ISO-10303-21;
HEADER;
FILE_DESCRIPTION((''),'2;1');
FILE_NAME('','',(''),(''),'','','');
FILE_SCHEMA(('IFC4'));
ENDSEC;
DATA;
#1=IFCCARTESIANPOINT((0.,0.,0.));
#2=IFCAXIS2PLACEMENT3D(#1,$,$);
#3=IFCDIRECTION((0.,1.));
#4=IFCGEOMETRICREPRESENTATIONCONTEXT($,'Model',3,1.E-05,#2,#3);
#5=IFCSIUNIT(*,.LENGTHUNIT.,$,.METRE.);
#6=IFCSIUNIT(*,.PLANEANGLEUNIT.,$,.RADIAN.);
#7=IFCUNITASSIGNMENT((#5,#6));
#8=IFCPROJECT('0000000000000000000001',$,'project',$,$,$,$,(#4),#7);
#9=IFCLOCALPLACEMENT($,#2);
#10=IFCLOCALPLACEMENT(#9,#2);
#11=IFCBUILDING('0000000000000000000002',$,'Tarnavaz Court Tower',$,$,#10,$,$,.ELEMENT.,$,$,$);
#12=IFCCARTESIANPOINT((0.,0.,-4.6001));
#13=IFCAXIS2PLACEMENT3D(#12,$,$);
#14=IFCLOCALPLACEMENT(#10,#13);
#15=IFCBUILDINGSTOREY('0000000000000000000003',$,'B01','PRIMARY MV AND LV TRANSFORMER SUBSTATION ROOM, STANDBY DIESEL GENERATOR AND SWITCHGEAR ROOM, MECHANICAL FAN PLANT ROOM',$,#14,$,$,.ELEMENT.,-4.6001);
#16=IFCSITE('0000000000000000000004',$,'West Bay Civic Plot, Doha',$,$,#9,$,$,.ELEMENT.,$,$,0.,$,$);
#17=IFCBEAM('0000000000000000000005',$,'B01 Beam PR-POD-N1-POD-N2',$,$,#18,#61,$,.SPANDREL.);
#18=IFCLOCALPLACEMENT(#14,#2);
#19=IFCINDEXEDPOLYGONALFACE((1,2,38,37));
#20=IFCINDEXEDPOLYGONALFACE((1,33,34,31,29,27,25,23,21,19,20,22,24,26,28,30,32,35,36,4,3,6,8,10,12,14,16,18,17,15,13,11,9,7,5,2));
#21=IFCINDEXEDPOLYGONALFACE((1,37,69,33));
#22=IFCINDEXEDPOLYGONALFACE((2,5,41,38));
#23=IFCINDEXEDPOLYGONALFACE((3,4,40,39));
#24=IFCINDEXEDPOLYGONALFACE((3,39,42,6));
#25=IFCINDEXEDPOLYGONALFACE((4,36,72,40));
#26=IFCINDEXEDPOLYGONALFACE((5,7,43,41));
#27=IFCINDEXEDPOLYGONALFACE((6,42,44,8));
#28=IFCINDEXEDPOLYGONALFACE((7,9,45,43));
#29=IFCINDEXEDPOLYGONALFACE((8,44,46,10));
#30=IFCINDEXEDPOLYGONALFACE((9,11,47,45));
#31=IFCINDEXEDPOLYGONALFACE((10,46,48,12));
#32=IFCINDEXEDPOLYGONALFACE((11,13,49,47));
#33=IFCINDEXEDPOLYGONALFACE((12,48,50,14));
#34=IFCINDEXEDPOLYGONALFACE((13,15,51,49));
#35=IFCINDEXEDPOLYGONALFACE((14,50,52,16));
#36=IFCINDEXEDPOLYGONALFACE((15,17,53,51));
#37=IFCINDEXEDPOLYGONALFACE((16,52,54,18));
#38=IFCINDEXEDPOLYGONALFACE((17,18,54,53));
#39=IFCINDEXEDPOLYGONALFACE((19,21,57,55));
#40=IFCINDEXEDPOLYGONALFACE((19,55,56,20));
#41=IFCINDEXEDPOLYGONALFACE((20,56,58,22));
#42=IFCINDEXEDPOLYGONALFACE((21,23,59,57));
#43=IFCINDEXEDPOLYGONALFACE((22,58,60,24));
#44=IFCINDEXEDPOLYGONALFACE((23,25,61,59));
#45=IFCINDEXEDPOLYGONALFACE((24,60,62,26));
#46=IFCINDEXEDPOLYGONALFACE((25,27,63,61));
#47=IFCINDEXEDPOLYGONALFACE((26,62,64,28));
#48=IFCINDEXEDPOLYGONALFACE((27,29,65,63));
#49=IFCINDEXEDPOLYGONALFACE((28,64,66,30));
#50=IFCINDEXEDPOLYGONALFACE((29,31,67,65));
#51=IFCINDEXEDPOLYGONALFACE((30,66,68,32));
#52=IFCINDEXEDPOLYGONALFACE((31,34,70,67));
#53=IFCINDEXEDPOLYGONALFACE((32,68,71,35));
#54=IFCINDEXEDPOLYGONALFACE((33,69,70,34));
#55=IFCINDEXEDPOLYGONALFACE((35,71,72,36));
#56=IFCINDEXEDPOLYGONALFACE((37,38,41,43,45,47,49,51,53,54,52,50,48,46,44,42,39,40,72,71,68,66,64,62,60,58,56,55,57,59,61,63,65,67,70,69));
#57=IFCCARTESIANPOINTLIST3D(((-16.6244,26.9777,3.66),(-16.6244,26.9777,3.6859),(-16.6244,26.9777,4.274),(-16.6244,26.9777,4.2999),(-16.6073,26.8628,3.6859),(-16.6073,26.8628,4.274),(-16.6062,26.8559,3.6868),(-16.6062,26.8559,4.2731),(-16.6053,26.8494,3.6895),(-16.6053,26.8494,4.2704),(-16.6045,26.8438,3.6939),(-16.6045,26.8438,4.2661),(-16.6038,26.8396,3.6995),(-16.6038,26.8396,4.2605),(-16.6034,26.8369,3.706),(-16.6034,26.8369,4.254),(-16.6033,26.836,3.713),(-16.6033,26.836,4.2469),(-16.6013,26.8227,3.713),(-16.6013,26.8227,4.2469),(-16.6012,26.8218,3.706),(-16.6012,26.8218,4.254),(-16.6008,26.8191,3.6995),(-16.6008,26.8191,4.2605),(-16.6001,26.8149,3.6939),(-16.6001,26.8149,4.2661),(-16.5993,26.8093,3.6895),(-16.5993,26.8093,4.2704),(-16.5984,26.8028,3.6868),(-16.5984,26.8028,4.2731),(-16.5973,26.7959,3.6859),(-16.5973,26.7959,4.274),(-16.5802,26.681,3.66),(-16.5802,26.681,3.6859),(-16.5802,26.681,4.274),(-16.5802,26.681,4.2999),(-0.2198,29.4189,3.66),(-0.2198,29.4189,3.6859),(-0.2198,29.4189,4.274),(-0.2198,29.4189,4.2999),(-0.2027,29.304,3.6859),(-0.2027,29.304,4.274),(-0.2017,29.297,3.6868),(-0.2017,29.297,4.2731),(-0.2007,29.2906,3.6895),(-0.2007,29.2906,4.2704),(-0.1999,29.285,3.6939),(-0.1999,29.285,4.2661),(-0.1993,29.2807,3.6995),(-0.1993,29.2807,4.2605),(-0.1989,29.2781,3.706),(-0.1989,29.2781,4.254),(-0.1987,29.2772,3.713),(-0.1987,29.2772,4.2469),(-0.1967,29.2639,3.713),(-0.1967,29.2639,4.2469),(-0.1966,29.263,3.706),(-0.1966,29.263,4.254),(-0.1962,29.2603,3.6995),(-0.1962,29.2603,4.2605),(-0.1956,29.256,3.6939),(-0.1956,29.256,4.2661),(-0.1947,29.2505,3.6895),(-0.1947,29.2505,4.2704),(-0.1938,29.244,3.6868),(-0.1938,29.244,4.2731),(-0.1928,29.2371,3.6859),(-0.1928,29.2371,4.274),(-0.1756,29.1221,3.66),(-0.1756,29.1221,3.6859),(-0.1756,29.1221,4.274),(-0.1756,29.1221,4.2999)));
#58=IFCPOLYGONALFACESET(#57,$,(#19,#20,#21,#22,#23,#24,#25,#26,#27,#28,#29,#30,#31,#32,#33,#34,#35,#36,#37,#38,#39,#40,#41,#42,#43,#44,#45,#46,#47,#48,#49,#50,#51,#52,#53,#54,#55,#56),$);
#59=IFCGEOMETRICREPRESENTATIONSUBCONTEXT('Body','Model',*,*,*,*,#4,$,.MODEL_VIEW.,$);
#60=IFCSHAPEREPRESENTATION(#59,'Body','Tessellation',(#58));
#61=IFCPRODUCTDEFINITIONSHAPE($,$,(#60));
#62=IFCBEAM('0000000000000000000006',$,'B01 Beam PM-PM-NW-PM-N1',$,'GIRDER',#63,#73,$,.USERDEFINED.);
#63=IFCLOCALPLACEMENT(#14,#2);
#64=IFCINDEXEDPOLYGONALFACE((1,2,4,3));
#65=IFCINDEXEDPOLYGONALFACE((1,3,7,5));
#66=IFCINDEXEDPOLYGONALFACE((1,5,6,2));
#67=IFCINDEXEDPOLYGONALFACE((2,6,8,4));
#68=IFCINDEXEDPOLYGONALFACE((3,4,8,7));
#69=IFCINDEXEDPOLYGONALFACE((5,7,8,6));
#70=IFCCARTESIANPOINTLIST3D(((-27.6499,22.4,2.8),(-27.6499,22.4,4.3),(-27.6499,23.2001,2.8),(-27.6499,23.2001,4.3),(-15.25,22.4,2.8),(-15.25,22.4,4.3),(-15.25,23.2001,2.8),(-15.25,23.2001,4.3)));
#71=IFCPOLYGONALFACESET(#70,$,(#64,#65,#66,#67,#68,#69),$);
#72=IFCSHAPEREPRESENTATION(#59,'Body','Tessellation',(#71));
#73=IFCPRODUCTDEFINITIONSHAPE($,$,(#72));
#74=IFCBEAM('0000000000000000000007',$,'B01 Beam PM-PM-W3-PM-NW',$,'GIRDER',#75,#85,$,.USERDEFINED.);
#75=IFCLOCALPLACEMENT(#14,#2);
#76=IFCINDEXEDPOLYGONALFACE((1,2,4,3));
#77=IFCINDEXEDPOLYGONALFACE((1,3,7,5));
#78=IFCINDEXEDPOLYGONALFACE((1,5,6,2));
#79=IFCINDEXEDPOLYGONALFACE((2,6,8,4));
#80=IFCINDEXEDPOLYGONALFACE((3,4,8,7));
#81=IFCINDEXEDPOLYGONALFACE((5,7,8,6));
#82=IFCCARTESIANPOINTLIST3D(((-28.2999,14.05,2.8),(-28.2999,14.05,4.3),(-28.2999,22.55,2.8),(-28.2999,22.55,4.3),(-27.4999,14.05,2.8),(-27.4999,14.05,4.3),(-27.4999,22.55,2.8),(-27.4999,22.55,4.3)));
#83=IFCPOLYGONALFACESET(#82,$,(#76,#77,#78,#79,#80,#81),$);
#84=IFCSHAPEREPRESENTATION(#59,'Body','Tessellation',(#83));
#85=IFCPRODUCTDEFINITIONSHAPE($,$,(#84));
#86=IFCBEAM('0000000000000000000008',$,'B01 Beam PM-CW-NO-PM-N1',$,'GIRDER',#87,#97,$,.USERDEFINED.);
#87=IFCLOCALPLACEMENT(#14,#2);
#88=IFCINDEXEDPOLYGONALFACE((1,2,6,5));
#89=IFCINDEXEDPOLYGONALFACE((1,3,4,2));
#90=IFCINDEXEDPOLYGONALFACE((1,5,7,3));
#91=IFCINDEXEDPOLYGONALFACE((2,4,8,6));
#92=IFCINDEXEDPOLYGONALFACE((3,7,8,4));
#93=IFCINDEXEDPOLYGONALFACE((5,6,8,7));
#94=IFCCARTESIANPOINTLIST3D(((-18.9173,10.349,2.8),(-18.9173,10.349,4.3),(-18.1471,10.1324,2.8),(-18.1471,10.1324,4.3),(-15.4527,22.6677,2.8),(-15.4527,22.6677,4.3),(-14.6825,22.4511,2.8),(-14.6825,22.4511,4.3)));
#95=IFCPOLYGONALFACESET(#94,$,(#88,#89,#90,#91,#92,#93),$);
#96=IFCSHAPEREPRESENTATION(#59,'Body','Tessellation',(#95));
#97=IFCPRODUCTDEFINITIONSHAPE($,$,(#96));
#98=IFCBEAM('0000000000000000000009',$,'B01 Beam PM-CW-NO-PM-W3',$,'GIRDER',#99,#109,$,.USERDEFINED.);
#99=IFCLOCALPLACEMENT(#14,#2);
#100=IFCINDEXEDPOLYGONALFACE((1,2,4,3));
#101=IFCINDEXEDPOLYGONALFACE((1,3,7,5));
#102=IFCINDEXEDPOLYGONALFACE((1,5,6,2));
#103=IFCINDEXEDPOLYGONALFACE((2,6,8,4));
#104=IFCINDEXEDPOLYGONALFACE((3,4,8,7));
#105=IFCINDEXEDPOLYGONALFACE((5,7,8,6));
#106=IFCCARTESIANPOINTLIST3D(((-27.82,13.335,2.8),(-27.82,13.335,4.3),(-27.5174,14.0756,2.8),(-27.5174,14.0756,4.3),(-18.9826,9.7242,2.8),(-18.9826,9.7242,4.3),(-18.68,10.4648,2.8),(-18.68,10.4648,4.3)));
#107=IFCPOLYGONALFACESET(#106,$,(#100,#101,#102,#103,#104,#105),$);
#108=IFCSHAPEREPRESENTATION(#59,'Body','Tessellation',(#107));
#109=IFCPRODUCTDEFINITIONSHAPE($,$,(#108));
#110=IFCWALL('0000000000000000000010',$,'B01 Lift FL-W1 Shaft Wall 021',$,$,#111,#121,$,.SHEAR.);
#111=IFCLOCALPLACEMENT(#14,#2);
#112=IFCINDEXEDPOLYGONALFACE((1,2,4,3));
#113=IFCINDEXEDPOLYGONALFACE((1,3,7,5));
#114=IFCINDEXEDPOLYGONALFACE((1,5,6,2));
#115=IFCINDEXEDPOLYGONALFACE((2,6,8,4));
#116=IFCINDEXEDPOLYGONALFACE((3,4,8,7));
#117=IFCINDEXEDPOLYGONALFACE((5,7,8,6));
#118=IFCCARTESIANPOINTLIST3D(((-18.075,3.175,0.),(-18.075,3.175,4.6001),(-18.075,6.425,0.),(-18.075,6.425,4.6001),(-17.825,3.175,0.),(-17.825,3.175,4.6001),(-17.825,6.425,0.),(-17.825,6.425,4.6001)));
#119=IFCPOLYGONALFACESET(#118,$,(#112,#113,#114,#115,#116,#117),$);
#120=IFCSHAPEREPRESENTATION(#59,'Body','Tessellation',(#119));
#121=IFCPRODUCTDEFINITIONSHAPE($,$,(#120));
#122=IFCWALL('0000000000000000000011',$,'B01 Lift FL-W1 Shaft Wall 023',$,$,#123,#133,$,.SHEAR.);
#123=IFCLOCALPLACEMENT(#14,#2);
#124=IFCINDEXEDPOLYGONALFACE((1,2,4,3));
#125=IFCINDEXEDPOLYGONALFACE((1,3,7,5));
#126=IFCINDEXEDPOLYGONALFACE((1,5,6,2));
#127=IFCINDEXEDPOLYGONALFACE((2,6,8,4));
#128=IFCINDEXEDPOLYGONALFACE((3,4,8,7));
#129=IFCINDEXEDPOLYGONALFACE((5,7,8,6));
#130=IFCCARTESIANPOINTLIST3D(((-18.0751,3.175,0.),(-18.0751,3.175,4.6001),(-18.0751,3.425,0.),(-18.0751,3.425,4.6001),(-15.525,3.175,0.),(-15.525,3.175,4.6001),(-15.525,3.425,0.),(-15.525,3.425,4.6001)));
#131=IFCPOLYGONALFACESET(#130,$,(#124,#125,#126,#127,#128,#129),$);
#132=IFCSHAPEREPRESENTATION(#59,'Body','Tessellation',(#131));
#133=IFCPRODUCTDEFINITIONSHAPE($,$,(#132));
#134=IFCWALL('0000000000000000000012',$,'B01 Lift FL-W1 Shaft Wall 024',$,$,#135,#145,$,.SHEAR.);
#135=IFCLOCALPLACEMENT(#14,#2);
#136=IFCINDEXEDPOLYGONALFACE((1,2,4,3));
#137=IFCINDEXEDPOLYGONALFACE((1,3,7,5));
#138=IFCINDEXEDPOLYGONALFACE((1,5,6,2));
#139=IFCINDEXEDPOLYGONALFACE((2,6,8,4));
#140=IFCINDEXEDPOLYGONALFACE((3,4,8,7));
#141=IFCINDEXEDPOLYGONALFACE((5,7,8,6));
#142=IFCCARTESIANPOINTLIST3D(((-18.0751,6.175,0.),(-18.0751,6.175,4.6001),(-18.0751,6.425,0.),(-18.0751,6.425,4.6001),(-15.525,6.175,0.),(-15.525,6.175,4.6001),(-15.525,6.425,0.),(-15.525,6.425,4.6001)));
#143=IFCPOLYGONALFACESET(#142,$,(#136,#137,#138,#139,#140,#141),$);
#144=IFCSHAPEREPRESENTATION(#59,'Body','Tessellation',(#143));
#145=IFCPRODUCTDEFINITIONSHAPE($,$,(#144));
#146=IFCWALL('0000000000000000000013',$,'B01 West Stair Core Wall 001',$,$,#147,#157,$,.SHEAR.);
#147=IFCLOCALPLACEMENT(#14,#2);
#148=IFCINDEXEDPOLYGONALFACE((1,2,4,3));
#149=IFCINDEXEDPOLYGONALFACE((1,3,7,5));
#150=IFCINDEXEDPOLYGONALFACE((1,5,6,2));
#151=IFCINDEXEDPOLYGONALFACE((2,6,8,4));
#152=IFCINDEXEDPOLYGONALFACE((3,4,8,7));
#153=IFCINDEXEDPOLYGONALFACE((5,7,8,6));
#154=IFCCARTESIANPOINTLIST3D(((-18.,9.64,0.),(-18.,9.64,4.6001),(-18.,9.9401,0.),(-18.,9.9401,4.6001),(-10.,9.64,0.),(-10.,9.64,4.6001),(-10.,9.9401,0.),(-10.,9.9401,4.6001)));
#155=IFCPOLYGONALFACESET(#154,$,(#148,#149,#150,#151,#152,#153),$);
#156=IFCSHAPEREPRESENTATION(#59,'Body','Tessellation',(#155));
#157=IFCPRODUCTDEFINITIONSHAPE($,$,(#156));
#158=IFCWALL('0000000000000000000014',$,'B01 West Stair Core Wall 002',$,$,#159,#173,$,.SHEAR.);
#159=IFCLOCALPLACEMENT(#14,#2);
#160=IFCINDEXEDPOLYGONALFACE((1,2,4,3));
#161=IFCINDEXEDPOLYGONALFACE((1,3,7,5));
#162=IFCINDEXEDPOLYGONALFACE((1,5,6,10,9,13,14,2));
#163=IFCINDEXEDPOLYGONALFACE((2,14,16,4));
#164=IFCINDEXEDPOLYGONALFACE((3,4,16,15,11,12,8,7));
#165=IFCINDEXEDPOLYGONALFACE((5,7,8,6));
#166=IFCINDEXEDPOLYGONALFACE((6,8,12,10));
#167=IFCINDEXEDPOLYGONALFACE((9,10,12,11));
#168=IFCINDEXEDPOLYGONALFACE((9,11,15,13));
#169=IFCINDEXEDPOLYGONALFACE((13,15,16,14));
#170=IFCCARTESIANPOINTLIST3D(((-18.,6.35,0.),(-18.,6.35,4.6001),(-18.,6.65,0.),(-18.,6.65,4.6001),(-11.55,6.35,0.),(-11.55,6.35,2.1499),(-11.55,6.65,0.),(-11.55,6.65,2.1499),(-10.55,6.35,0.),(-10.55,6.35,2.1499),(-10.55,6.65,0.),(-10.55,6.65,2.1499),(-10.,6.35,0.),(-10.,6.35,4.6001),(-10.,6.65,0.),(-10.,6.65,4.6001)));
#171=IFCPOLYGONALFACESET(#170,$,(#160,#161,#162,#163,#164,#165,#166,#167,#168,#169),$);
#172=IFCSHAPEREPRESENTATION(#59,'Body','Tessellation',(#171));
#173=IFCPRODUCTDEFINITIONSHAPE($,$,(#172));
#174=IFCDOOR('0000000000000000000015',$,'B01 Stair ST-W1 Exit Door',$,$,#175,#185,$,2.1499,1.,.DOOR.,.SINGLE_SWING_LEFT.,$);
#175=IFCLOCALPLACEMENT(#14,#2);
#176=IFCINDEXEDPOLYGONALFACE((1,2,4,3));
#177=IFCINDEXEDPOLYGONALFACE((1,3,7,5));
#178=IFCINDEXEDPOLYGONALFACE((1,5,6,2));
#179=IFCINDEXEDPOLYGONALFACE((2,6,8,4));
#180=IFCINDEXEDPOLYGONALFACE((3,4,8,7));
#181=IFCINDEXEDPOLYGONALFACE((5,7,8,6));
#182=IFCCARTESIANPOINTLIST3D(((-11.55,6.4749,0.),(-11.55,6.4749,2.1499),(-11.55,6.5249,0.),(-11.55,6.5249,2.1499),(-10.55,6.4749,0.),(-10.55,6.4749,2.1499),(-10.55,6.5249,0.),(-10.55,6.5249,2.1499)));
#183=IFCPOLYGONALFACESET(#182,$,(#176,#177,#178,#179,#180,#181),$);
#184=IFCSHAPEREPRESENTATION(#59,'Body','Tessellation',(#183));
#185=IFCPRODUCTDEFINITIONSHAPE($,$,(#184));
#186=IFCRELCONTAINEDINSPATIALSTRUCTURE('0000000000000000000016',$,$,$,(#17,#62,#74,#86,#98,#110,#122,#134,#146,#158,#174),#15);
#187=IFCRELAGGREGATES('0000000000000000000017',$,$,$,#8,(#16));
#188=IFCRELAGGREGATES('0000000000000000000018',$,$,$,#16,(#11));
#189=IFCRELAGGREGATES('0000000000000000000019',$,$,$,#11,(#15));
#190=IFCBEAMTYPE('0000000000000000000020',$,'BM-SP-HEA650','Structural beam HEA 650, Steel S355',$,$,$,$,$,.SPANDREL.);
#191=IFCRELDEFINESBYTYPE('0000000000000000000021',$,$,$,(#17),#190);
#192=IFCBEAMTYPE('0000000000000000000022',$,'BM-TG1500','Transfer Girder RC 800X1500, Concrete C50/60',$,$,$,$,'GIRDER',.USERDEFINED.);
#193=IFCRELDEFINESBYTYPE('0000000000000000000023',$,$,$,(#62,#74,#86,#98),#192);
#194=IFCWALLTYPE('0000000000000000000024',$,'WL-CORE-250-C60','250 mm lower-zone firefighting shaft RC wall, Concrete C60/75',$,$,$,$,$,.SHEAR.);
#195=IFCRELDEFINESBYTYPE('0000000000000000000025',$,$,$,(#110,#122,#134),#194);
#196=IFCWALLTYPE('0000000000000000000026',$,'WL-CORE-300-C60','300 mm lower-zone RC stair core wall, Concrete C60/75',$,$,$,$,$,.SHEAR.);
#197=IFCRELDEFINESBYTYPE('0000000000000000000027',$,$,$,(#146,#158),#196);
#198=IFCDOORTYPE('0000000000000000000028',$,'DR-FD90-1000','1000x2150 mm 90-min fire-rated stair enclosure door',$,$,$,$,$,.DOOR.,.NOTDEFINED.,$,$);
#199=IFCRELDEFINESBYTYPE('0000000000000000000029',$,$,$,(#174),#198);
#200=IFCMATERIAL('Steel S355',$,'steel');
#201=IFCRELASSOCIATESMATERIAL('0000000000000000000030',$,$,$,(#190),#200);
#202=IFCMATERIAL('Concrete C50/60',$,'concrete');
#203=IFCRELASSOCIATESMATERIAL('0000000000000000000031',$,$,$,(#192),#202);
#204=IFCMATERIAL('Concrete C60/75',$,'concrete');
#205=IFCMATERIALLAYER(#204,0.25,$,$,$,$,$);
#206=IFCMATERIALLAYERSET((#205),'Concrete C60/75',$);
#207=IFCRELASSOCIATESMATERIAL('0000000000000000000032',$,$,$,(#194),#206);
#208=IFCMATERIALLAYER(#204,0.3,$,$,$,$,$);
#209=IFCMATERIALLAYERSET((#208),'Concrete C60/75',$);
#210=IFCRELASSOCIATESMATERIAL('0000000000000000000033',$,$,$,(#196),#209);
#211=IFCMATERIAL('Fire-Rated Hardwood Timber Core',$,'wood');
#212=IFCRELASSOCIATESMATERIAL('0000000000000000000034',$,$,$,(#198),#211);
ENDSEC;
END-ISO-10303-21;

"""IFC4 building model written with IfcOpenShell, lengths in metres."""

from ifc_helpers import new_model, si_unit, direction, frame, frame_2d, origin, origin_2d, place, context, subcontext, project, spatial, rectangle, i_section, extrude, material, layer, layer_set, material_profile, profile_set, type_object, element, fill, save


model = new_model("IFC4")

# Units and contexts
model_context = context("Model", 3, precision=1e-05, world=origin(), true_north=direction((0.0, 1.0)))
body_context = subcontext(model_context, "Body", "Model", "MODEL_VIEW")
ifc_project = project(units=[si_unit("LENGTHUNIT", "METRE"), si_unit("PLANEANGLEUNIT", "RADIAN")], contexts=[model_context])

# Site, building, storey
site_placement = place(None, origin())
site = spatial("IfcSite", under=ifc_project, at=site_placement, Name="West Bay Civic Plot, Doha", CompositionType="ELEMENT", RefElevation=0.0)
building_placement = place(site_placement, origin())
building = spatial("IfcBuilding", under=site, at=building_placement, Name="Tarnavaz Court Tower", CompositionType="ELEMENT")
storey_placement = place(building_placement, frame((0.0, 0.0, -4.6001)))
storey = spatial("IfcBuildingStorey", under=building, at=storey_placement, Name="B01", Description="PRIMARY MV AND LV TRANSFORMER SUBSTATION ROOM, STANDBY DIESEL GENERATOR AND SWITCHGEAR ROOM, MECHANICAL FAN PLANT ROOM", CompositionType="ELEMENT", Elevation=-4.6001)

# Shared definitions
ifc_material_1 = material(Name="Concrete C60/75", Category="concrete")
ifc_material_2 = material(Name="Concrete C50/60", Category="concrete")

# Beams
ifc_material_3 = material(Name="Steel S355", Category="steel")
ifc_material_profile_1 = material_profile(ifc_material_3, i_section(OverallWidth=0.3, OverallDepth=0.6399, WebThickness=0.0134, FlangeThickness=0.0259, FilletRadius=0.0271, at=origin_2d()), Name="HEA 650")
ifc_profile_set_1 = profile_set([ifc_material_profile_1], Name="Steel S355")
beam_type_1 = type_object("IfcBeamType", Name="BM-SP-HEA650", Description="Structural beam HEA 650, Steel S355", PredefinedType="SPANDREL", material=ifc_profile_set_1)
beam_1_placement = place(storey_placement, frame((-16.6023, 26.8293, 3.98), z_axis=(0.989108, 0.147189, 0.0), x_axis=(-0.147189, 0.989108, 0.0)))
element("IfcBeam", 1, at=beam_1_placement, inside=storey, type_object=beam_type_1, Name="B01 Beam PR-POD-N1-POD-N2", PredefinedType="SPANDREL", context=body_context, shape_type="SweptSolid", body=[
    extrude(i_section(OverallWidth=0.3, OverallDepth=0.6399, WebThickness=0.0134, FlangeThickness=0.0259, FilletRadius=0.0271, at=origin_2d()), origin(), (0.0, 0.0, 1.0), 16.5852),
])
ifc_material_profile_2 = material_profile(ifc_material_2, rectangle(XDim=0.8, YDim=1.5, at=origin_2d()), Name="RC 800X1500")
ifc_profile_set_2 = profile_set([ifc_material_profile_2], Name="Concrete C50/60")
beam_type_2 = type_object("IfcBeamType", Name="BM-TG1500", Description="Transfer Girder RC 800X1500, Concrete C50/60", ElementType="GIRDER", PredefinedType="USERDEFINED", material=ifc_profile_set_2)
beam_2_placement = place(storey_placement, frame((-27.6499, 22.8, 3.55), z_axis=(1.0, 0.0, 0.0), x_axis=(0.0, 1.0, 0.0)))
element("IfcBeam", 2, at=beam_2_placement, inside=storey, type_object=beam_type_2, Name="B01 Beam PM-PM-NW-PM-N1", ObjectType="GIRDER", PredefinedType="USERDEFINED", context=body_context, shape_type="SweptSolid", body=[
    extrude(rectangle(XDim=0.8, YDim=1.5, at=origin_2d()), origin(), (0.0, 0.0, 1.0), 12.3999),
])
beam_3_placement = place(storey_placement, frame((-27.8999, 14.05, 3.55), z_axis=(0.0, 1.0, 0.0), x_axis=(-1.0, 0.0, 0.0)))
element("IfcBeam", 3, at=beam_3_placement, inside=storey, type_object=beam_type_2, Name="B01 Beam PM-PM-W3-PM-NW", ObjectType="GIRDER", PredefinedType="USERDEFINED", context=body_context, shape_type="SweptSolid", body=[
    extrude(rectangle(XDim=0.8, YDim=1.5, at=origin_2d()), origin(), (0.0, 0.0, 1.0), 8.5),
])
beam_4_placement = place(storey_placement, frame((-18.5322, 10.2407, 3.55), z_axis=(0.270745, 0.962651, 0.0), x_axis=(-0.962651, 0.270745, 0.0)))
element("IfcBeam", 4, at=beam_4_placement, inside=storey, type_object=beam_type_2, Name="B01 Beam PM-CW-NO-PM-N1", ObjectType="GIRDER", PredefinedType="USERDEFINED", context=body_context, shape_type="SweptSolid", body=[
    extrude(rectangle(XDim=0.8, YDim=1.5, at=origin_2d()), origin(), (0.0, 0.0, 1.0), 12.7966),
])
beam_5_placement = place(storey_placement, frame((-18.8313, 10.0945, 3.55), z_axis=(-0.925711, 0.378233, 0.0), x_axis=(-0.378233, -0.925711, 0.0)))
element("IfcBeam", 5, at=beam_5_placement, inside=storey, type_object=beam_type_2, Name="B01 Beam PM-CW-NO-PM-W3", ObjectType="GIRDER", PredefinedType="USERDEFINED", context=body_context, shape_type="SweptSolid", body=[
    extrude(rectangle(XDim=0.8, YDim=1.5, at=origin_2d()), origin(), (0.0, 0.0, 1.0), 9.5466),
])

# Wall
ifc_layer_1 = layer(ifc_material_1, 0.25)
ifc_layer_set_1 = layer_set([ifc_layer_1], Name="Concrete C60/75")
wall_type_1 = type_object("IfcWallType", Name="WL-CORE-250-C60", Description="250 mm lower-zone firefighting shaft RC wall, Concrete C60/75", PredefinedType="SHEAR", material=ifc_layer_set_1)
wall_1_placement = place(storey_placement, frame((-17.95, 3.175, 0.0), z_axis=(0.0, 0.0, 1.0), x_axis=(0.0, 1.0, 0.0)))
element("IfcWall", 6, at=wall_1_placement, inside=storey, type_object=wall_type_1, Name="B01 Lift FL-W1 Shaft Wall 021", PredefinedType="SHEAR", context=body_context, shape_type="SweptSolid", body=[
    extrude(rectangle(XDim=3.25, YDim=0.25, at=frame_2d((1.625, 0.0))), origin(), (0.0, 0.0, 1.0), 4.6001),
])

# Walls
for number, where, z_axis, x_axis, name in (
    (7, (-18.075, 3.3, 0.0), (0.0, 0.0, 1.0), (1.0, 0.0, 0.0), "B01 Lift FL-W1 Shaft Wall 023"),
    (8, (-18.075, 6.3, 0.0), (0.0, 0.0, 1.0), (1.0, 0.0, 0.0), "B01 Lift FL-W1 Shaft Wall 024"),
):
    element("IfcWall", number, at=place(storey_placement, frame(where, z_axis=z_axis, x_axis=x_axis)), inside=storey, type_object=wall_type_1, Name=name, PredefinedType="SHEAR", context=body_context, shape_type="SweptSolid", body=[
        extrude(rectangle(XDim=2.55, YDim=0.25, at=frame_2d((1.2749, 0.0))), origin(), (0.0, 0.0, 1.0), 4.6001),
    ])
ifc_layer_2 = layer(ifc_material_1, 0.3)
ifc_layer_set_2 = layer_set([ifc_layer_2], Name="Concrete C60/75")
wall_type_2 = type_object("IfcWallType", Name="WL-CORE-300-C60", Description="300 mm lower-zone RC stair core wall, Concrete C60/75", PredefinedType="SHEAR", material=ifc_layer_set_2)
wall_2_placement = place(storey_placement, frame((-18.0, 9.79, 0.0), z_axis=(0.0, 0.0, 1.0), x_axis=(1.0, 0.0, 0.0)))
element("IfcWall", 9, at=wall_2_placement, inside=storey, type_object=wall_type_2, Name="B01 West Stair Core Wall 001", PredefinedType="SHEAR", context=body_context, shape_type="SweptSolid", body=[
    extrude(rectangle(XDim=8.0, YDim=0.3, at=frame_2d((4.0, 0.0))), origin(), (0.0, 0.0, 1.0), 4.6001),
])

# Wall, opening, door
wall_3_placement = place(storey_placement, frame((-18.0, 6.5, 0.0), z_axis=(0.0, 0.0, 1.0), x_axis=(1.0, 0.0, 0.0)))
wall_3 = element("IfcWall", 10, at=wall_3_placement, inside=storey, type_object=wall_type_2, Name="B01 West Stair Core Wall 002", PredefinedType="SHEAR", context=body_context, shape_type="SweptSolid", body=[
    extrude(rectangle(XDim=8.0, YDim=0.3, at=frame_2d((4.0, 0.0))), origin(), (0.0, 0.0, 1.0), 4.6001),
])
opening_1_placement = place(wall_3_placement, frame((6.45, 0.0, 0.0)))
opening_1 = element("IfcOpeningElement", 11, at=opening_1_placement, cuts=wall_3, PredefinedType="OPENING", context=body_context, shape_type="SweptSolid", body=[
    extrude(rectangle(XDim=1.0, YDim=2.1499, at=frame_2d((0.5, 1.075))), frame((0.0, 0.1599, 0.0), z_axis=(0.0, -1.0, 0.0), x_axis=(1.0, 0.0, 0.0)), (0.0, 0.0, 1.0), 0.3201),
])
ifc_material_4 = material(Name="Fire-Rated Hardwood Timber Core", Category="wood")
door_type_1 = type_object("IfcDoorType", Name="DR-FD90-1000", Description="1000x2150 mm 90-min fire-rated stair enclosure door", OperationType="NOTDEFINED", PredefinedType="DOOR", material=ifc_material_4)
door_1_placement = place(opening_1_placement, origin())
door_1 = element("IfcDoor", 12, at=door_1_placement, inside=storey, type_object=door_type_1, Name="B01 Stair ST-W1 Exit Door", OperationType="SINGLE_SWING_LEFT", OverallHeight=2.1499, OverallWidth=1.0, PredefinedType="DOOR", context=body_context, shape_type="SweptSolid", body=[
    extrude(rectangle(XDim=1.0, YDim=2.1499, at=frame_2d((0.5, 1.075))), frame((0.0, 0.0249, 0.0), z_axis=(0.0, -1.0, 0.0), x_axis=(1.0, 0.0, 0.0)), (0.0, 0.0, 1.0), 0.05),
])
fill(opening_1, door_1)

save(model, "model.ifc")
